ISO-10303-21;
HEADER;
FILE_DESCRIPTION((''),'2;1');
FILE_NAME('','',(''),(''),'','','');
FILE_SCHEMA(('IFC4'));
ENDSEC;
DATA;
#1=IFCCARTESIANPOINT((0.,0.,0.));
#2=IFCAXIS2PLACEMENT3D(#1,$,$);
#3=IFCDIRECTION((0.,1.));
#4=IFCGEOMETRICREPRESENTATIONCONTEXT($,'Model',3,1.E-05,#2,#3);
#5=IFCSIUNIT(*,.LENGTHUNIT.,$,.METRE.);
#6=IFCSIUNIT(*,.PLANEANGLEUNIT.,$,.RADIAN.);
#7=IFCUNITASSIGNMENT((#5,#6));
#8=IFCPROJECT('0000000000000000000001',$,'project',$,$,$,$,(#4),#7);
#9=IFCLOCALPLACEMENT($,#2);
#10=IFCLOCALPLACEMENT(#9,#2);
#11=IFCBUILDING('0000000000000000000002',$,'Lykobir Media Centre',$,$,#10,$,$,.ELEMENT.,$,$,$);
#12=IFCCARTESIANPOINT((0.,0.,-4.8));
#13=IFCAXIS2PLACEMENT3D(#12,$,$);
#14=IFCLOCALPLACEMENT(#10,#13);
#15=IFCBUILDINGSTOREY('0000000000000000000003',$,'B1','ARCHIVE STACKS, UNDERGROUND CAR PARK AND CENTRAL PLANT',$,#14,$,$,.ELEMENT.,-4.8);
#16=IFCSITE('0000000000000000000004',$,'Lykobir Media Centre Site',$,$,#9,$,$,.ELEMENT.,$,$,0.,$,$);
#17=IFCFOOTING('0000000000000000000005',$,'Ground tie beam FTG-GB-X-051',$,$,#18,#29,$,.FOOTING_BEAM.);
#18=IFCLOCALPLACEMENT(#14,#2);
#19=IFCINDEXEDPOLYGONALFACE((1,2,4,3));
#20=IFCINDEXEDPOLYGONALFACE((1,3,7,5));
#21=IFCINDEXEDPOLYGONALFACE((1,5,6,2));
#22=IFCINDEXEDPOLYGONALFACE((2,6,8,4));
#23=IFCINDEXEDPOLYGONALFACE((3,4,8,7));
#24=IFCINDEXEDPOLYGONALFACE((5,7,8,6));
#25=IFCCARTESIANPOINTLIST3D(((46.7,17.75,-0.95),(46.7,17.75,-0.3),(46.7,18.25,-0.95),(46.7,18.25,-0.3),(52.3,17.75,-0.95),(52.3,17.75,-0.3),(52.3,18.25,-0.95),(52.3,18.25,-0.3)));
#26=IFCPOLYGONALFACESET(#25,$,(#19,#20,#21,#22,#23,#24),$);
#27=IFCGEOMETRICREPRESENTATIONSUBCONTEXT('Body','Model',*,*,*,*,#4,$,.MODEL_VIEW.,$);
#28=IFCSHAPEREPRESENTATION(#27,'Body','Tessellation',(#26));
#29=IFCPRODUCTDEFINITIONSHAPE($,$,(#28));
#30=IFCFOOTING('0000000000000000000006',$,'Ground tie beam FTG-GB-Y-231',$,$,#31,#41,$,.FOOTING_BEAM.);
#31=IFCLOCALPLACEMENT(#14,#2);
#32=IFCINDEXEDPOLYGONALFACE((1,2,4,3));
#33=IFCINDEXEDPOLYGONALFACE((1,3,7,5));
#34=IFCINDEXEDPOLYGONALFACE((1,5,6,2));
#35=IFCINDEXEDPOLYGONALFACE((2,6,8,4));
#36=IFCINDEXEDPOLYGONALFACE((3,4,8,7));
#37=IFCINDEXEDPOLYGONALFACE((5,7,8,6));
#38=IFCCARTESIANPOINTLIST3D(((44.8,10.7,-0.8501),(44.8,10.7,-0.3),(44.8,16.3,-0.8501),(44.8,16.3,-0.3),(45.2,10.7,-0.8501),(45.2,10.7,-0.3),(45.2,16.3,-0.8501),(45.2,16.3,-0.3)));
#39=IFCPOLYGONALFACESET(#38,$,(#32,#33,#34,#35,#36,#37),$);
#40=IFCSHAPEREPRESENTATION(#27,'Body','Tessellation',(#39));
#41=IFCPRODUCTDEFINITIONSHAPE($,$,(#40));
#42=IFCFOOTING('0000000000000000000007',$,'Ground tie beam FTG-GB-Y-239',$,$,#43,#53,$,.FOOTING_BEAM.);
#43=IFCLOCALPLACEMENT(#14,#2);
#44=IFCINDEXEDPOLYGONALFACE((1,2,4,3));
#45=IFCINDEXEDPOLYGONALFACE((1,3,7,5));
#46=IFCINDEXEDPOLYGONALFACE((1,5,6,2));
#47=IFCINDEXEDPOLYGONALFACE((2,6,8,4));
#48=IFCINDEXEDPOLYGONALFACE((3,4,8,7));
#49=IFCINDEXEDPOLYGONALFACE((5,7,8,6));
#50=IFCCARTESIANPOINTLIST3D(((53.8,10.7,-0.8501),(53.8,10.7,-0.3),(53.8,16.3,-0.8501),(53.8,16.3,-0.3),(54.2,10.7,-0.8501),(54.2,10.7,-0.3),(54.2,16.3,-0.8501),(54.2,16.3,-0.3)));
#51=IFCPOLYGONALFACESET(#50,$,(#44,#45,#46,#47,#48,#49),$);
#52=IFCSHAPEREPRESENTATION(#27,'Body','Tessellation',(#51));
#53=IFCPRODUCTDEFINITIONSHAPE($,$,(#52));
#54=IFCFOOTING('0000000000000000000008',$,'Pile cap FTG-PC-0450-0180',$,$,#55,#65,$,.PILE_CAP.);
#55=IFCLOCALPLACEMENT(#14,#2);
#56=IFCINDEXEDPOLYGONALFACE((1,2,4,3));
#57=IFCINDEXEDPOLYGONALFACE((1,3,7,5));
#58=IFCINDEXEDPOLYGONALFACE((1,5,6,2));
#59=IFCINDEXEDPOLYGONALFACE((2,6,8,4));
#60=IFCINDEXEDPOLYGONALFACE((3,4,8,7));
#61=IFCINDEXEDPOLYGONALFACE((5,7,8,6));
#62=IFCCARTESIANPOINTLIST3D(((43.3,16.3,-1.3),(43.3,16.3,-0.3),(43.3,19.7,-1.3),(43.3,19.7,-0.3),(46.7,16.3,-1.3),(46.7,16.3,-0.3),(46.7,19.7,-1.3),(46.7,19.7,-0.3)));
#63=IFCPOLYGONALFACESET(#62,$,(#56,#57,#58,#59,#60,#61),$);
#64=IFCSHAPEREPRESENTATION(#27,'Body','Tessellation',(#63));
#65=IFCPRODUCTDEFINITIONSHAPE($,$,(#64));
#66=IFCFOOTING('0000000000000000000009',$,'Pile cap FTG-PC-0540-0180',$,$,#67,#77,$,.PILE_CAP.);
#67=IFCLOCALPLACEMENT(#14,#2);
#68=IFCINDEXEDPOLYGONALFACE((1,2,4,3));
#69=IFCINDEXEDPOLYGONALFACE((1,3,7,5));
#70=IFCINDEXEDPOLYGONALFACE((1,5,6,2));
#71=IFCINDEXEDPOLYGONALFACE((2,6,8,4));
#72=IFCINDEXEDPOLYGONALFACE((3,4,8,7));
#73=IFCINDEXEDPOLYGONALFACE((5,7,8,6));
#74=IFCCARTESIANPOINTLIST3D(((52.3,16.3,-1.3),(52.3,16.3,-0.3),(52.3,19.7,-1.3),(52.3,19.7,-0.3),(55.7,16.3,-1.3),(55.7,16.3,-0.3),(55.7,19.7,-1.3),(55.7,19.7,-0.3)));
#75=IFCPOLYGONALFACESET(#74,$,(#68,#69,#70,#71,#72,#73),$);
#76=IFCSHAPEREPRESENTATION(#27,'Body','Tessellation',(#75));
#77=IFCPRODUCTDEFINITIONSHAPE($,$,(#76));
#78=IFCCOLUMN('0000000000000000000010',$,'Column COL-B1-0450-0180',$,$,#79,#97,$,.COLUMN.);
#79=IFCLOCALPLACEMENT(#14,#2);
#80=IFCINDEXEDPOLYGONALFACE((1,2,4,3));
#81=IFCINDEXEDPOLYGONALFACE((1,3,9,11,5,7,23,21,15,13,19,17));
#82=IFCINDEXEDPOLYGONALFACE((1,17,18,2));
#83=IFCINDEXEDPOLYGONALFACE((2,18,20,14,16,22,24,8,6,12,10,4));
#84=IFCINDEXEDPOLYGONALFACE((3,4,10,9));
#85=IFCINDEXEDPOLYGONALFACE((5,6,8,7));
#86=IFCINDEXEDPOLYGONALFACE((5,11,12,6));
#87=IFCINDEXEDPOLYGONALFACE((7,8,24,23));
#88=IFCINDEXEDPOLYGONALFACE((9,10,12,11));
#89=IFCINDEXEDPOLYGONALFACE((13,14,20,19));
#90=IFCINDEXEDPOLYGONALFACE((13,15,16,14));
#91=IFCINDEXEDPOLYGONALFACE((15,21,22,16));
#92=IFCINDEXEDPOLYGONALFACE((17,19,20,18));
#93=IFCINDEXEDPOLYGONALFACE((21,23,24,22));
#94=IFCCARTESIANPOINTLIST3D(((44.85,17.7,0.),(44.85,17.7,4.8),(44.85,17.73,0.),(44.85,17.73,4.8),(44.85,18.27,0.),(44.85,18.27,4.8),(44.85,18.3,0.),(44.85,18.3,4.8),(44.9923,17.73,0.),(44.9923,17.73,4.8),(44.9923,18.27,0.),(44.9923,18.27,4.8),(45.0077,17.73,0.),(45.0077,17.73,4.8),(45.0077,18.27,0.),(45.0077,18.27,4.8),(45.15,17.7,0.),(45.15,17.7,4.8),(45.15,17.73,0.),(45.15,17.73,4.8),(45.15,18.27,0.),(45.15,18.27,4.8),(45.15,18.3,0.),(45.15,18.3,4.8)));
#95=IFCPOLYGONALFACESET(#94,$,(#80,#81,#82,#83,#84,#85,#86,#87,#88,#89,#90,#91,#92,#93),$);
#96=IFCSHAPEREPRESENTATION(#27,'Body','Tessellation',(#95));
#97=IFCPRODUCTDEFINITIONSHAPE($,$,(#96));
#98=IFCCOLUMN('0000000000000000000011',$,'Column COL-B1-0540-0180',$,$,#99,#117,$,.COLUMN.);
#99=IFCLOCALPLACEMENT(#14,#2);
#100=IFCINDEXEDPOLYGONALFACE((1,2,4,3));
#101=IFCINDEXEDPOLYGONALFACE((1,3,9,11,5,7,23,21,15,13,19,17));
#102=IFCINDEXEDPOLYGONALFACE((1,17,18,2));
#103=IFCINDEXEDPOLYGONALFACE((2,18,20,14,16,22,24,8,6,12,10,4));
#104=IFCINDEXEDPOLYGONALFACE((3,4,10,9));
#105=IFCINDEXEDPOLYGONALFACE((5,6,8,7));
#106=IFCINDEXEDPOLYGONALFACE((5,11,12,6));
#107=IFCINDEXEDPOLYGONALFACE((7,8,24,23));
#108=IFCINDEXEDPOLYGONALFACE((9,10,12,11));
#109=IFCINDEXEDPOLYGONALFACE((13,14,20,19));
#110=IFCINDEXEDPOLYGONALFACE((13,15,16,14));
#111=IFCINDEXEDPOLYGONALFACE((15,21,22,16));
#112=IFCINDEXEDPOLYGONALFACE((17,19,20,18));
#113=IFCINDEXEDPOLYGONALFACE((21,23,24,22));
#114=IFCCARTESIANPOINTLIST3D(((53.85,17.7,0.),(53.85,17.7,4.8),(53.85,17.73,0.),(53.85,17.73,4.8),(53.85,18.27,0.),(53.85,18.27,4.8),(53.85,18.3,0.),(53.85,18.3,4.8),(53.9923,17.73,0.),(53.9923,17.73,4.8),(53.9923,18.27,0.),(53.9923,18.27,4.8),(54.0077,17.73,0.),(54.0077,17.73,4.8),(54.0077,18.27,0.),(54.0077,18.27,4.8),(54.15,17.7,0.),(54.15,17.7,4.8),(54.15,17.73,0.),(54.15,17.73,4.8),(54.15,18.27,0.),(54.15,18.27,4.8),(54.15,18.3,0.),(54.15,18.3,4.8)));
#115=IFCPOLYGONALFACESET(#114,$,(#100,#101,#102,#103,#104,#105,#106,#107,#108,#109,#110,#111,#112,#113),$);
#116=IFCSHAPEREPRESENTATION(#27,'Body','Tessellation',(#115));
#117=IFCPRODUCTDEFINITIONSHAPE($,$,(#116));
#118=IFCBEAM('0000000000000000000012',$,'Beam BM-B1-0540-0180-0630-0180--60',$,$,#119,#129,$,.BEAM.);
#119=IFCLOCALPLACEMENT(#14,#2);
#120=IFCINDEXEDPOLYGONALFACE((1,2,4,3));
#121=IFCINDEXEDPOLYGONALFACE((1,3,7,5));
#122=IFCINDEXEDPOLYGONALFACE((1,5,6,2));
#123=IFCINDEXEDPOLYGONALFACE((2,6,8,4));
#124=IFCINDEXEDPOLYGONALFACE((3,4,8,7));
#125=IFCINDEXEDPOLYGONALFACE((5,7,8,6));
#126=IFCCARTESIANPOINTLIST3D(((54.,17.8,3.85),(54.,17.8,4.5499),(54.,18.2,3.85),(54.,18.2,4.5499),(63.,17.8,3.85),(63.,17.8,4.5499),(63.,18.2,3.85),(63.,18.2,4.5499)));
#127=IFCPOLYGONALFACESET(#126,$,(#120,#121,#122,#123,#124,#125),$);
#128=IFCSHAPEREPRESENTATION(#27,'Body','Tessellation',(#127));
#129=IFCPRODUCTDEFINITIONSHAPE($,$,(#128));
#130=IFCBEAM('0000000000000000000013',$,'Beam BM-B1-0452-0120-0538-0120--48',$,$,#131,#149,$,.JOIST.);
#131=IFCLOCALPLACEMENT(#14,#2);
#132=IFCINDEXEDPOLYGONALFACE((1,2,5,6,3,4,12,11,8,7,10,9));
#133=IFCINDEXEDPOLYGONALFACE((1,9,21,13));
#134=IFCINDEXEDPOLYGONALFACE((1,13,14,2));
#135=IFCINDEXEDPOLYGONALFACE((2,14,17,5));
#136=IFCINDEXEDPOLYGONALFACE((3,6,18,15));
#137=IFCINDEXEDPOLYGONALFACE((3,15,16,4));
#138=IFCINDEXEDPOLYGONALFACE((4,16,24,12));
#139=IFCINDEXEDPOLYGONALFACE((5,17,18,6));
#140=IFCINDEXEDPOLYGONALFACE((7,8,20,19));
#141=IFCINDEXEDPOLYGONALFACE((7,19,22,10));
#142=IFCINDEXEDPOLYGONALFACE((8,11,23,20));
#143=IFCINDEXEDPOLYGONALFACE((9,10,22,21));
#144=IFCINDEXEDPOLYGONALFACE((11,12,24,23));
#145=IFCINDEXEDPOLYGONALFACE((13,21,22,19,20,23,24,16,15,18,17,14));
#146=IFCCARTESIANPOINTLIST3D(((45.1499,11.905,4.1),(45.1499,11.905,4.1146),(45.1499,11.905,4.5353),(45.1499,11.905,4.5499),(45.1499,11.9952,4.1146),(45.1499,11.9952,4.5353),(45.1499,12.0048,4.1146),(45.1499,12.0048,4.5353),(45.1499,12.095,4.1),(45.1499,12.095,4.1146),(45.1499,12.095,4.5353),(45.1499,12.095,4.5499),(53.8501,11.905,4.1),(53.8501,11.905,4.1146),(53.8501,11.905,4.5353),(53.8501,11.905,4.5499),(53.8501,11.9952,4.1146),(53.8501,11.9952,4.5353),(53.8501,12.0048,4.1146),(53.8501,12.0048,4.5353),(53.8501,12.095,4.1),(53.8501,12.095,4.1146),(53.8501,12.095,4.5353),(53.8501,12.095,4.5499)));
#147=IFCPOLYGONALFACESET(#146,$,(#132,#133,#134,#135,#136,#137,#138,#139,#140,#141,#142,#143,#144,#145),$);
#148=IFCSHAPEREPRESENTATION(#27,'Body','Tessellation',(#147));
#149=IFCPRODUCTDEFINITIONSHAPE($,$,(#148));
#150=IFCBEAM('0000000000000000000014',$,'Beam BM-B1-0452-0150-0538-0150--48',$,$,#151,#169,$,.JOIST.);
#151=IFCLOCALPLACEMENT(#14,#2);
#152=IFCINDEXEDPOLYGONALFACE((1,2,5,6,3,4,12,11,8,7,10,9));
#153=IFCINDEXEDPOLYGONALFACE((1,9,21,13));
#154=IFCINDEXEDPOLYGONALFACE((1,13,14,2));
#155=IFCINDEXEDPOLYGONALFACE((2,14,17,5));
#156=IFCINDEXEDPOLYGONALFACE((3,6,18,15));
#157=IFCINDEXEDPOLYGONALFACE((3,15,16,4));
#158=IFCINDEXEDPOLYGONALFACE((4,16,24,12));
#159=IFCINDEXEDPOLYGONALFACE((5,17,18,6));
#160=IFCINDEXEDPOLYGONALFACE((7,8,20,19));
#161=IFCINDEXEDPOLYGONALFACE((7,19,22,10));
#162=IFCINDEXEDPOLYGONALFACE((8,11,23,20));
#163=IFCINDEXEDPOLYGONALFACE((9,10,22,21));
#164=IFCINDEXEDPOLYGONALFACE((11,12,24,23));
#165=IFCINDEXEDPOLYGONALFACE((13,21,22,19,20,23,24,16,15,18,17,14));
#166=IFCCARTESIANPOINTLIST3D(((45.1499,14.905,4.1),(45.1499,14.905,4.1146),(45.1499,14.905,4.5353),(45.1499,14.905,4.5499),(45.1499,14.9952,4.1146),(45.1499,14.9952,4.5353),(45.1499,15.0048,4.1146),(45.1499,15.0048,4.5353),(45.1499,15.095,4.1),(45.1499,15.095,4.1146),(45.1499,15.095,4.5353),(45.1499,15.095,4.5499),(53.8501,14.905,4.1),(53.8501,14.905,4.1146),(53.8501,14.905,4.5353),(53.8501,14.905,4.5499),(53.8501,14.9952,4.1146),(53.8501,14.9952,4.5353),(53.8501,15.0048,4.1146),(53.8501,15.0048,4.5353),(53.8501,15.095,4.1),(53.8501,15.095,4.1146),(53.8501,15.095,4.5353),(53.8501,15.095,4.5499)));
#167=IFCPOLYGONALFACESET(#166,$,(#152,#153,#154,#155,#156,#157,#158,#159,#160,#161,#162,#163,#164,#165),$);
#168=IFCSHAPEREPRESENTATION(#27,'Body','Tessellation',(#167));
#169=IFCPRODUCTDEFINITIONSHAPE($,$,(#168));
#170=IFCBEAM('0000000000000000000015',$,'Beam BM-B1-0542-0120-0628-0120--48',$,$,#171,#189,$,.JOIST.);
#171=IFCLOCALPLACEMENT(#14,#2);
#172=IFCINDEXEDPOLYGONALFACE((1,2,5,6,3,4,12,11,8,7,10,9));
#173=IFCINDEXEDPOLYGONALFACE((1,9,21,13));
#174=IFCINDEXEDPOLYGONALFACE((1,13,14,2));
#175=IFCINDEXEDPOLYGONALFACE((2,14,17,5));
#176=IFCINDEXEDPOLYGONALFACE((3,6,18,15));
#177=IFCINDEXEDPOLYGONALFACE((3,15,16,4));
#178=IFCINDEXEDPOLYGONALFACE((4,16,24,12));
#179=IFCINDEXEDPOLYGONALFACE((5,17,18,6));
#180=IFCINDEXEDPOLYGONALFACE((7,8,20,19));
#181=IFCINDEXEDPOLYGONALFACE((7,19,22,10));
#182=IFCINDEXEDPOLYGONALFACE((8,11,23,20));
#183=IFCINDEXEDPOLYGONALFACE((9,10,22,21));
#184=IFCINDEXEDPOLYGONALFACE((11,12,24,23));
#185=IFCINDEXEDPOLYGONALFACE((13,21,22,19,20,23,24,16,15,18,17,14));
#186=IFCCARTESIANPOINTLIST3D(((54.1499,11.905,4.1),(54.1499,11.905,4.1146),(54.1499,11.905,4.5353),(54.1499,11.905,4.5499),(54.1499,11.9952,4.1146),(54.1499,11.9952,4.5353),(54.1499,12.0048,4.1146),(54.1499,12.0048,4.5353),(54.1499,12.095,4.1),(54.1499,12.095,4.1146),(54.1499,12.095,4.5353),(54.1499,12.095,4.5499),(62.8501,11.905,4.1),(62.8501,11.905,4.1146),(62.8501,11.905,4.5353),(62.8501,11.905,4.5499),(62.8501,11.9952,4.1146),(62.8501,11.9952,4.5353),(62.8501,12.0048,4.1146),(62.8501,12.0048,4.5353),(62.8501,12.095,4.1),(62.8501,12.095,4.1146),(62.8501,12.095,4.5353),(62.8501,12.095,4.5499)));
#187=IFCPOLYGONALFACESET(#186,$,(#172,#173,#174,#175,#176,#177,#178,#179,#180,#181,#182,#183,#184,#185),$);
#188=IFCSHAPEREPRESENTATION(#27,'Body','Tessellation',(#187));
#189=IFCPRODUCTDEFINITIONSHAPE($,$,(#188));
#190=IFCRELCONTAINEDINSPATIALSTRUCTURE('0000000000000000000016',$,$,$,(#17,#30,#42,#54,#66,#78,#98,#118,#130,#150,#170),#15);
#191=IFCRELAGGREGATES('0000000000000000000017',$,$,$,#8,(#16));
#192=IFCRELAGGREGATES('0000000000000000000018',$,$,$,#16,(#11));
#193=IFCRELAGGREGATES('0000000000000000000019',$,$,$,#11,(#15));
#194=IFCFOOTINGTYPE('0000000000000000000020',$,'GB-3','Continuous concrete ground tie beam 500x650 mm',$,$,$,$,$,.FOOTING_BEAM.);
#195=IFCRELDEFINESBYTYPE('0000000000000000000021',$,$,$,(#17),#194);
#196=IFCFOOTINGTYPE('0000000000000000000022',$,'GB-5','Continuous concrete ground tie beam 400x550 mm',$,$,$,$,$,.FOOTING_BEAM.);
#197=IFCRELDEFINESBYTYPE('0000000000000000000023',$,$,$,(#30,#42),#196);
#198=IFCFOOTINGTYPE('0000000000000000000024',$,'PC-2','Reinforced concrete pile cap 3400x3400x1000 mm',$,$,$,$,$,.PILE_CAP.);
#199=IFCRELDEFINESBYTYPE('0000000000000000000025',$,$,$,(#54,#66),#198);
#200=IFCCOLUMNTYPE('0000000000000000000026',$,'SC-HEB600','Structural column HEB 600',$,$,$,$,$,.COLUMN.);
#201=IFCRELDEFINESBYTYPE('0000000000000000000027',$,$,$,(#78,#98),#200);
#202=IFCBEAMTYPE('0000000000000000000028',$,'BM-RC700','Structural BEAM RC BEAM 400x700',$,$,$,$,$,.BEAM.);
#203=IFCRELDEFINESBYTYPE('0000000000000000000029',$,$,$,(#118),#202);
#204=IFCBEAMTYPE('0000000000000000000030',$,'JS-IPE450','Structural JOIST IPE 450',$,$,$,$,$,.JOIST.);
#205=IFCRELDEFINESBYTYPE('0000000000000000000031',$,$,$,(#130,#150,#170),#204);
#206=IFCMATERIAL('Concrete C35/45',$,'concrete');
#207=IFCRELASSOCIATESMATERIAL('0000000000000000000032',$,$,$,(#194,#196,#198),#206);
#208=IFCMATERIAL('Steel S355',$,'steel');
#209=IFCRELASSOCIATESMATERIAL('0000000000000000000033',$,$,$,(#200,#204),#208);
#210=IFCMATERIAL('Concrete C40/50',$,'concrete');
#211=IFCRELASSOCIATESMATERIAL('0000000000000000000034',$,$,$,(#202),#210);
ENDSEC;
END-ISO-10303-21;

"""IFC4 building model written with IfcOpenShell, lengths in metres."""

from ifc_helpers import new_model, si_unit, direction, frame, origin, origin_2d, place, context, subcontext, project, spatial, rectangle, i_section, extrude, material, material_profile, profile_set, type_object, element, save


model = new_model("IFC4")

# Units and contexts
model_context = context("Model", 3, precision=1e-05, world=origin(), true_north=direction((0.0, 1.0)))
body_context = subcontext(model_context, "Body", "Model", "MODEL_VIEW")
ifc_project = project(units=[si_unit("LENGTHUNIT", "METRE"), si_unit("PLANEANGLEUNIT", "RADIAN")], contexts=[model_context])

# Site, building, storey
site_placement = place(None, origin())
site = spatial("IfcSite", under=ifc_project, at=site_placement, Name="Lykobir Media Centre Site", CompositionType="ELEMENT", RefElevation=0.0)
building_placement = place(site_placement, origin())
building = spatial("IfcBuilding", under=site, at=building_placement, Name="Lykobir Media Centre", CompositionType="ELEMENT")
storey_placement = place(building_placement, frame((0.0, 0.0, -4.8)))
storey = spatial("IfcBuildingStorey", under=building, at=storey_placement, Name="B1", Description="ARCHIVE STACKS, UNDERGROUND CAR PARK AND CENTRAL PLANT", CompositionType="ELEMENT", Elevation=-4.8)

# Footings
ifc_material_1 = material(Name="Concrete C35/45", Category="concrete")
footing_type_1 = type_object("IfcFootingType", Name="GB-3", Description="Continuous concrete ground tie beam 500x650 mm", PredefinedType="FOOTING_BEAM", material=ifc_material_1)
footing_placement = place(storey_placement, frame((49.5, 18.0, -0.95), z_axis=(0.0, 0.0, 1.0), x_axis=(1.0, 0.0, 0.0)))
element("IfcFooting", 1, at=footing_placement, inside=storey, type_object=footing_type_1, Name="Ground tie beam FTG-GB-X-051", PredefinedType="FOOTING_BEAM", context=body_context, shape_type="SweptSolid", body=[
    extrude(rectangle(XDim=5.6001, YDim=0.5, at=origin_2d()), origin(), (0.0, 0.0, 1.0), 0.6499),
])
footing_type_2 = type_object("IfcFootingType", Name="GB-5", Description="Continuous concrete ground tie beam 400x550 mm", PredefinedType="FOOTING_BEAM", material=ifc_material_1)
for number, where, z_axis, x_axis, name in (
    (2, (45.0, 13.5, -0.8501), (0.0, 0.0, 1.0), (0.0, 1.0, 0.0), "Ground tie beam FTG-GB-Y-231"),
    (3, (54.0, 13.5, -0.8501), (0.0, 0.0, 1.0), (0.0, 1.0, 0.0), "Ground tie beam FTG-GB-Y-239"),
):
    element("IfcFooting", number, at=place(storey_placement, frame(where, z_axis=z_axis, x_axis=x_axis)), inside=storey, type_object=footing_type_2, Name=name, PredefinedType="FOOTING_BEAM", context=body_context, shape_type="SweptSolid", body=[
        extrude(rectangle(XDim=5.6001, YDim=0.3999, at=origin_2d()), origin(), (0.0, 0.0, 1.0), 0.55),
    ])
footing_type_3 = type_object("IfcFootingType", Name="PC-2", Description="Reinforced concrete pile cap 3400x3400x1000 mm", PredefinedType="PILE_CAP", material=ifc_material_1)
for number, where, z_axis, x_axis, name in (
    (4, (45.0, 18.0, -1.3), (0.0, 0.0, 1.0), (1.0, 0.0, 0.0), "Pile cap FTG-PC-0450-0180"),
    (5, (54.0, 18.0, -1.3), (0.0, 0.0, 1.0), (1.0, 0.0, 0.0), "Pile cap FTG-PC-0540-0180"),
):
    element("IfcFooting", number, at=place(storey_placement, frame(where, z_axis=z_axis, x_axis=x_axis)), inside=storey, type_object=footing_type_3, Name=name, PredefinedType="PILE_CAP", context=body_context, shape_type="SweptSolid", body=[
        extrude(rectangle(XDim=3.3999, YDim=3.3999, at=origin_2d()), origin(), (0.0, 0.0, 1.0), 1.0),
    ])

# Columns
ifc_material_2 = material(Name="Steel S355", Category="steel")
ifc_material_profile_1 = material_profile(ifc_material_2, i_section(OverallWidth=0.3, OverallDepth=0.6001, WebThickness=0.0154, FlangeThickness=0.03, at=origin_2d()), Name="HEB 600")
ifc_profile_set_1 = profile_set([ifc_material_profile_1], Name="Steel S355")
column_type = type_object("IfcColumnType", Name="SC-HEB600", Description="Structural column HEB 600", PredefinedType="COLUMN", material=ifc_profile_set_1)
for number, where, z_axis, x_axis, name in (
    (6, (45.0, 18.0, 0.0), (0.0, 0.0, 1.0), (1.0, 0.0, 0.0), "Column COL-B1-0450-0180"),
    (7, (54.0, 18.0, 0.0), (0.0, 0.0, 1.0), (1.0, 0.0, 0.0), "Column COL-B1-0540-0180"),
):
    element("IfcColumn", number, at=place(storey_placement, frame(where, z_axis=z_axis, x_axis=x_axis)), inside=storey, type_object=column_type, Name=name, PredefinedType="COLUMN", context=body_context, shape_type="SweptSolid", body=[
        extrude(i_section(OverallWidth=0.3, OverallDepth=0.6001, WebThickness=0.0154, FlangeThickness=0.03, at=origin_2d()), origin(), (0.0, 0.0, 1.0), 4.8),
    ])

# Beams
ifc_material_3 = material(Name="Concrete C40/50", Category="concrete")
ifc_material_profile_2 = material_profile(ifc_material_3, rectangle(XDim=0.3999, YDim=0.7, at=origin_2d()), Name="RC BEAM 400x700")
ifc_profile_set_2 = profile_set([ifc_material_profile_2], Name="Concrete C40/50")
beam_type_1 = type_object("IfcBeamType", Name="BM-RC700", Description="Structural BEAM RC BEAM 400x700", PredefinedType="BEAM", material=ifc_profile_set_2)
beam_1_placement = place(storey_placement, frame((54.0, 18.0, 4.2), z_axis=(1.0, 0.0, 0.0), x_axis=(0.0, 1.0, 0.0)))
element("IfcBeam", 8, at=beam_1_placement, inside=storey, type_object=beam_type_1, Name="Beam BM-B1-0540-0180-0630-0180--60", PredefinedType="BEAM", context=body_context, shape_type="SweptSolid", body=[
    extrude(rectangle(XDim=0.3999, YDim=0.7, at=origin_2d()), origin(), (0.0, 0.0, 1.0), 9.0),
])
ifc_material_profile_3 = material_profile(ifc_material_2, i_section(OverallWidth=0.1899, OverallDepth=0.45, WebThickness=0.0095, FlangeThickness=0.0146, at=origin_2d()), Name="IPE 450")
ifc_profile_set_3 = profile_set([ifc_material_profile_3], Name="Steel S355")
beam_type_2 = type_object("IfcBeamType", Name="JS-IPE450", Description="Structural JOIST IPE 450", PredefinedType="JOIST", material=ifc_profile_set_3)
for number, where, z_axis, x_axis, name in (
    (9, (45.1499, 12.0, 4.325), (1.0, 0.0, 0.0), (0.0, 1.0, 0.0), "Beam BM-B1-0452-0120-0538-0120--48"),
    (10, (45.1499, 15.0, 4.325), (1.0, 0.0, 0.0), (0.0, 1.0, 0.0), "Beam BM-B1-0452-0150-0538-0150--48"),
    (11, (54.1499, 12.0, 4.325), (1.0, 0.0, 0.0), (0.0, 1.0, 0.0), "Beam BM-B1-0542-0120-0628-0120--48"),
):
    element("IfcBeam", number, at=place(storey_placement, frame(where, z_axis=z_axis, x_axis=x_axis)), inside=storey, type_object=beam_type_2, Name=name, PredefinedType="JOIST", context=body_context, shape_type="SweptSolid", body=[
        extrude(i_section(OverallWidth=0.1899, OverallDepth=0.45, WebThickness=0.0095, FlangeThickness=0.0146, at=origin_2d()), origin(), (0.0, 0.0, 1.0), 8.7002),
    ])

save(model, "model.ifc")
